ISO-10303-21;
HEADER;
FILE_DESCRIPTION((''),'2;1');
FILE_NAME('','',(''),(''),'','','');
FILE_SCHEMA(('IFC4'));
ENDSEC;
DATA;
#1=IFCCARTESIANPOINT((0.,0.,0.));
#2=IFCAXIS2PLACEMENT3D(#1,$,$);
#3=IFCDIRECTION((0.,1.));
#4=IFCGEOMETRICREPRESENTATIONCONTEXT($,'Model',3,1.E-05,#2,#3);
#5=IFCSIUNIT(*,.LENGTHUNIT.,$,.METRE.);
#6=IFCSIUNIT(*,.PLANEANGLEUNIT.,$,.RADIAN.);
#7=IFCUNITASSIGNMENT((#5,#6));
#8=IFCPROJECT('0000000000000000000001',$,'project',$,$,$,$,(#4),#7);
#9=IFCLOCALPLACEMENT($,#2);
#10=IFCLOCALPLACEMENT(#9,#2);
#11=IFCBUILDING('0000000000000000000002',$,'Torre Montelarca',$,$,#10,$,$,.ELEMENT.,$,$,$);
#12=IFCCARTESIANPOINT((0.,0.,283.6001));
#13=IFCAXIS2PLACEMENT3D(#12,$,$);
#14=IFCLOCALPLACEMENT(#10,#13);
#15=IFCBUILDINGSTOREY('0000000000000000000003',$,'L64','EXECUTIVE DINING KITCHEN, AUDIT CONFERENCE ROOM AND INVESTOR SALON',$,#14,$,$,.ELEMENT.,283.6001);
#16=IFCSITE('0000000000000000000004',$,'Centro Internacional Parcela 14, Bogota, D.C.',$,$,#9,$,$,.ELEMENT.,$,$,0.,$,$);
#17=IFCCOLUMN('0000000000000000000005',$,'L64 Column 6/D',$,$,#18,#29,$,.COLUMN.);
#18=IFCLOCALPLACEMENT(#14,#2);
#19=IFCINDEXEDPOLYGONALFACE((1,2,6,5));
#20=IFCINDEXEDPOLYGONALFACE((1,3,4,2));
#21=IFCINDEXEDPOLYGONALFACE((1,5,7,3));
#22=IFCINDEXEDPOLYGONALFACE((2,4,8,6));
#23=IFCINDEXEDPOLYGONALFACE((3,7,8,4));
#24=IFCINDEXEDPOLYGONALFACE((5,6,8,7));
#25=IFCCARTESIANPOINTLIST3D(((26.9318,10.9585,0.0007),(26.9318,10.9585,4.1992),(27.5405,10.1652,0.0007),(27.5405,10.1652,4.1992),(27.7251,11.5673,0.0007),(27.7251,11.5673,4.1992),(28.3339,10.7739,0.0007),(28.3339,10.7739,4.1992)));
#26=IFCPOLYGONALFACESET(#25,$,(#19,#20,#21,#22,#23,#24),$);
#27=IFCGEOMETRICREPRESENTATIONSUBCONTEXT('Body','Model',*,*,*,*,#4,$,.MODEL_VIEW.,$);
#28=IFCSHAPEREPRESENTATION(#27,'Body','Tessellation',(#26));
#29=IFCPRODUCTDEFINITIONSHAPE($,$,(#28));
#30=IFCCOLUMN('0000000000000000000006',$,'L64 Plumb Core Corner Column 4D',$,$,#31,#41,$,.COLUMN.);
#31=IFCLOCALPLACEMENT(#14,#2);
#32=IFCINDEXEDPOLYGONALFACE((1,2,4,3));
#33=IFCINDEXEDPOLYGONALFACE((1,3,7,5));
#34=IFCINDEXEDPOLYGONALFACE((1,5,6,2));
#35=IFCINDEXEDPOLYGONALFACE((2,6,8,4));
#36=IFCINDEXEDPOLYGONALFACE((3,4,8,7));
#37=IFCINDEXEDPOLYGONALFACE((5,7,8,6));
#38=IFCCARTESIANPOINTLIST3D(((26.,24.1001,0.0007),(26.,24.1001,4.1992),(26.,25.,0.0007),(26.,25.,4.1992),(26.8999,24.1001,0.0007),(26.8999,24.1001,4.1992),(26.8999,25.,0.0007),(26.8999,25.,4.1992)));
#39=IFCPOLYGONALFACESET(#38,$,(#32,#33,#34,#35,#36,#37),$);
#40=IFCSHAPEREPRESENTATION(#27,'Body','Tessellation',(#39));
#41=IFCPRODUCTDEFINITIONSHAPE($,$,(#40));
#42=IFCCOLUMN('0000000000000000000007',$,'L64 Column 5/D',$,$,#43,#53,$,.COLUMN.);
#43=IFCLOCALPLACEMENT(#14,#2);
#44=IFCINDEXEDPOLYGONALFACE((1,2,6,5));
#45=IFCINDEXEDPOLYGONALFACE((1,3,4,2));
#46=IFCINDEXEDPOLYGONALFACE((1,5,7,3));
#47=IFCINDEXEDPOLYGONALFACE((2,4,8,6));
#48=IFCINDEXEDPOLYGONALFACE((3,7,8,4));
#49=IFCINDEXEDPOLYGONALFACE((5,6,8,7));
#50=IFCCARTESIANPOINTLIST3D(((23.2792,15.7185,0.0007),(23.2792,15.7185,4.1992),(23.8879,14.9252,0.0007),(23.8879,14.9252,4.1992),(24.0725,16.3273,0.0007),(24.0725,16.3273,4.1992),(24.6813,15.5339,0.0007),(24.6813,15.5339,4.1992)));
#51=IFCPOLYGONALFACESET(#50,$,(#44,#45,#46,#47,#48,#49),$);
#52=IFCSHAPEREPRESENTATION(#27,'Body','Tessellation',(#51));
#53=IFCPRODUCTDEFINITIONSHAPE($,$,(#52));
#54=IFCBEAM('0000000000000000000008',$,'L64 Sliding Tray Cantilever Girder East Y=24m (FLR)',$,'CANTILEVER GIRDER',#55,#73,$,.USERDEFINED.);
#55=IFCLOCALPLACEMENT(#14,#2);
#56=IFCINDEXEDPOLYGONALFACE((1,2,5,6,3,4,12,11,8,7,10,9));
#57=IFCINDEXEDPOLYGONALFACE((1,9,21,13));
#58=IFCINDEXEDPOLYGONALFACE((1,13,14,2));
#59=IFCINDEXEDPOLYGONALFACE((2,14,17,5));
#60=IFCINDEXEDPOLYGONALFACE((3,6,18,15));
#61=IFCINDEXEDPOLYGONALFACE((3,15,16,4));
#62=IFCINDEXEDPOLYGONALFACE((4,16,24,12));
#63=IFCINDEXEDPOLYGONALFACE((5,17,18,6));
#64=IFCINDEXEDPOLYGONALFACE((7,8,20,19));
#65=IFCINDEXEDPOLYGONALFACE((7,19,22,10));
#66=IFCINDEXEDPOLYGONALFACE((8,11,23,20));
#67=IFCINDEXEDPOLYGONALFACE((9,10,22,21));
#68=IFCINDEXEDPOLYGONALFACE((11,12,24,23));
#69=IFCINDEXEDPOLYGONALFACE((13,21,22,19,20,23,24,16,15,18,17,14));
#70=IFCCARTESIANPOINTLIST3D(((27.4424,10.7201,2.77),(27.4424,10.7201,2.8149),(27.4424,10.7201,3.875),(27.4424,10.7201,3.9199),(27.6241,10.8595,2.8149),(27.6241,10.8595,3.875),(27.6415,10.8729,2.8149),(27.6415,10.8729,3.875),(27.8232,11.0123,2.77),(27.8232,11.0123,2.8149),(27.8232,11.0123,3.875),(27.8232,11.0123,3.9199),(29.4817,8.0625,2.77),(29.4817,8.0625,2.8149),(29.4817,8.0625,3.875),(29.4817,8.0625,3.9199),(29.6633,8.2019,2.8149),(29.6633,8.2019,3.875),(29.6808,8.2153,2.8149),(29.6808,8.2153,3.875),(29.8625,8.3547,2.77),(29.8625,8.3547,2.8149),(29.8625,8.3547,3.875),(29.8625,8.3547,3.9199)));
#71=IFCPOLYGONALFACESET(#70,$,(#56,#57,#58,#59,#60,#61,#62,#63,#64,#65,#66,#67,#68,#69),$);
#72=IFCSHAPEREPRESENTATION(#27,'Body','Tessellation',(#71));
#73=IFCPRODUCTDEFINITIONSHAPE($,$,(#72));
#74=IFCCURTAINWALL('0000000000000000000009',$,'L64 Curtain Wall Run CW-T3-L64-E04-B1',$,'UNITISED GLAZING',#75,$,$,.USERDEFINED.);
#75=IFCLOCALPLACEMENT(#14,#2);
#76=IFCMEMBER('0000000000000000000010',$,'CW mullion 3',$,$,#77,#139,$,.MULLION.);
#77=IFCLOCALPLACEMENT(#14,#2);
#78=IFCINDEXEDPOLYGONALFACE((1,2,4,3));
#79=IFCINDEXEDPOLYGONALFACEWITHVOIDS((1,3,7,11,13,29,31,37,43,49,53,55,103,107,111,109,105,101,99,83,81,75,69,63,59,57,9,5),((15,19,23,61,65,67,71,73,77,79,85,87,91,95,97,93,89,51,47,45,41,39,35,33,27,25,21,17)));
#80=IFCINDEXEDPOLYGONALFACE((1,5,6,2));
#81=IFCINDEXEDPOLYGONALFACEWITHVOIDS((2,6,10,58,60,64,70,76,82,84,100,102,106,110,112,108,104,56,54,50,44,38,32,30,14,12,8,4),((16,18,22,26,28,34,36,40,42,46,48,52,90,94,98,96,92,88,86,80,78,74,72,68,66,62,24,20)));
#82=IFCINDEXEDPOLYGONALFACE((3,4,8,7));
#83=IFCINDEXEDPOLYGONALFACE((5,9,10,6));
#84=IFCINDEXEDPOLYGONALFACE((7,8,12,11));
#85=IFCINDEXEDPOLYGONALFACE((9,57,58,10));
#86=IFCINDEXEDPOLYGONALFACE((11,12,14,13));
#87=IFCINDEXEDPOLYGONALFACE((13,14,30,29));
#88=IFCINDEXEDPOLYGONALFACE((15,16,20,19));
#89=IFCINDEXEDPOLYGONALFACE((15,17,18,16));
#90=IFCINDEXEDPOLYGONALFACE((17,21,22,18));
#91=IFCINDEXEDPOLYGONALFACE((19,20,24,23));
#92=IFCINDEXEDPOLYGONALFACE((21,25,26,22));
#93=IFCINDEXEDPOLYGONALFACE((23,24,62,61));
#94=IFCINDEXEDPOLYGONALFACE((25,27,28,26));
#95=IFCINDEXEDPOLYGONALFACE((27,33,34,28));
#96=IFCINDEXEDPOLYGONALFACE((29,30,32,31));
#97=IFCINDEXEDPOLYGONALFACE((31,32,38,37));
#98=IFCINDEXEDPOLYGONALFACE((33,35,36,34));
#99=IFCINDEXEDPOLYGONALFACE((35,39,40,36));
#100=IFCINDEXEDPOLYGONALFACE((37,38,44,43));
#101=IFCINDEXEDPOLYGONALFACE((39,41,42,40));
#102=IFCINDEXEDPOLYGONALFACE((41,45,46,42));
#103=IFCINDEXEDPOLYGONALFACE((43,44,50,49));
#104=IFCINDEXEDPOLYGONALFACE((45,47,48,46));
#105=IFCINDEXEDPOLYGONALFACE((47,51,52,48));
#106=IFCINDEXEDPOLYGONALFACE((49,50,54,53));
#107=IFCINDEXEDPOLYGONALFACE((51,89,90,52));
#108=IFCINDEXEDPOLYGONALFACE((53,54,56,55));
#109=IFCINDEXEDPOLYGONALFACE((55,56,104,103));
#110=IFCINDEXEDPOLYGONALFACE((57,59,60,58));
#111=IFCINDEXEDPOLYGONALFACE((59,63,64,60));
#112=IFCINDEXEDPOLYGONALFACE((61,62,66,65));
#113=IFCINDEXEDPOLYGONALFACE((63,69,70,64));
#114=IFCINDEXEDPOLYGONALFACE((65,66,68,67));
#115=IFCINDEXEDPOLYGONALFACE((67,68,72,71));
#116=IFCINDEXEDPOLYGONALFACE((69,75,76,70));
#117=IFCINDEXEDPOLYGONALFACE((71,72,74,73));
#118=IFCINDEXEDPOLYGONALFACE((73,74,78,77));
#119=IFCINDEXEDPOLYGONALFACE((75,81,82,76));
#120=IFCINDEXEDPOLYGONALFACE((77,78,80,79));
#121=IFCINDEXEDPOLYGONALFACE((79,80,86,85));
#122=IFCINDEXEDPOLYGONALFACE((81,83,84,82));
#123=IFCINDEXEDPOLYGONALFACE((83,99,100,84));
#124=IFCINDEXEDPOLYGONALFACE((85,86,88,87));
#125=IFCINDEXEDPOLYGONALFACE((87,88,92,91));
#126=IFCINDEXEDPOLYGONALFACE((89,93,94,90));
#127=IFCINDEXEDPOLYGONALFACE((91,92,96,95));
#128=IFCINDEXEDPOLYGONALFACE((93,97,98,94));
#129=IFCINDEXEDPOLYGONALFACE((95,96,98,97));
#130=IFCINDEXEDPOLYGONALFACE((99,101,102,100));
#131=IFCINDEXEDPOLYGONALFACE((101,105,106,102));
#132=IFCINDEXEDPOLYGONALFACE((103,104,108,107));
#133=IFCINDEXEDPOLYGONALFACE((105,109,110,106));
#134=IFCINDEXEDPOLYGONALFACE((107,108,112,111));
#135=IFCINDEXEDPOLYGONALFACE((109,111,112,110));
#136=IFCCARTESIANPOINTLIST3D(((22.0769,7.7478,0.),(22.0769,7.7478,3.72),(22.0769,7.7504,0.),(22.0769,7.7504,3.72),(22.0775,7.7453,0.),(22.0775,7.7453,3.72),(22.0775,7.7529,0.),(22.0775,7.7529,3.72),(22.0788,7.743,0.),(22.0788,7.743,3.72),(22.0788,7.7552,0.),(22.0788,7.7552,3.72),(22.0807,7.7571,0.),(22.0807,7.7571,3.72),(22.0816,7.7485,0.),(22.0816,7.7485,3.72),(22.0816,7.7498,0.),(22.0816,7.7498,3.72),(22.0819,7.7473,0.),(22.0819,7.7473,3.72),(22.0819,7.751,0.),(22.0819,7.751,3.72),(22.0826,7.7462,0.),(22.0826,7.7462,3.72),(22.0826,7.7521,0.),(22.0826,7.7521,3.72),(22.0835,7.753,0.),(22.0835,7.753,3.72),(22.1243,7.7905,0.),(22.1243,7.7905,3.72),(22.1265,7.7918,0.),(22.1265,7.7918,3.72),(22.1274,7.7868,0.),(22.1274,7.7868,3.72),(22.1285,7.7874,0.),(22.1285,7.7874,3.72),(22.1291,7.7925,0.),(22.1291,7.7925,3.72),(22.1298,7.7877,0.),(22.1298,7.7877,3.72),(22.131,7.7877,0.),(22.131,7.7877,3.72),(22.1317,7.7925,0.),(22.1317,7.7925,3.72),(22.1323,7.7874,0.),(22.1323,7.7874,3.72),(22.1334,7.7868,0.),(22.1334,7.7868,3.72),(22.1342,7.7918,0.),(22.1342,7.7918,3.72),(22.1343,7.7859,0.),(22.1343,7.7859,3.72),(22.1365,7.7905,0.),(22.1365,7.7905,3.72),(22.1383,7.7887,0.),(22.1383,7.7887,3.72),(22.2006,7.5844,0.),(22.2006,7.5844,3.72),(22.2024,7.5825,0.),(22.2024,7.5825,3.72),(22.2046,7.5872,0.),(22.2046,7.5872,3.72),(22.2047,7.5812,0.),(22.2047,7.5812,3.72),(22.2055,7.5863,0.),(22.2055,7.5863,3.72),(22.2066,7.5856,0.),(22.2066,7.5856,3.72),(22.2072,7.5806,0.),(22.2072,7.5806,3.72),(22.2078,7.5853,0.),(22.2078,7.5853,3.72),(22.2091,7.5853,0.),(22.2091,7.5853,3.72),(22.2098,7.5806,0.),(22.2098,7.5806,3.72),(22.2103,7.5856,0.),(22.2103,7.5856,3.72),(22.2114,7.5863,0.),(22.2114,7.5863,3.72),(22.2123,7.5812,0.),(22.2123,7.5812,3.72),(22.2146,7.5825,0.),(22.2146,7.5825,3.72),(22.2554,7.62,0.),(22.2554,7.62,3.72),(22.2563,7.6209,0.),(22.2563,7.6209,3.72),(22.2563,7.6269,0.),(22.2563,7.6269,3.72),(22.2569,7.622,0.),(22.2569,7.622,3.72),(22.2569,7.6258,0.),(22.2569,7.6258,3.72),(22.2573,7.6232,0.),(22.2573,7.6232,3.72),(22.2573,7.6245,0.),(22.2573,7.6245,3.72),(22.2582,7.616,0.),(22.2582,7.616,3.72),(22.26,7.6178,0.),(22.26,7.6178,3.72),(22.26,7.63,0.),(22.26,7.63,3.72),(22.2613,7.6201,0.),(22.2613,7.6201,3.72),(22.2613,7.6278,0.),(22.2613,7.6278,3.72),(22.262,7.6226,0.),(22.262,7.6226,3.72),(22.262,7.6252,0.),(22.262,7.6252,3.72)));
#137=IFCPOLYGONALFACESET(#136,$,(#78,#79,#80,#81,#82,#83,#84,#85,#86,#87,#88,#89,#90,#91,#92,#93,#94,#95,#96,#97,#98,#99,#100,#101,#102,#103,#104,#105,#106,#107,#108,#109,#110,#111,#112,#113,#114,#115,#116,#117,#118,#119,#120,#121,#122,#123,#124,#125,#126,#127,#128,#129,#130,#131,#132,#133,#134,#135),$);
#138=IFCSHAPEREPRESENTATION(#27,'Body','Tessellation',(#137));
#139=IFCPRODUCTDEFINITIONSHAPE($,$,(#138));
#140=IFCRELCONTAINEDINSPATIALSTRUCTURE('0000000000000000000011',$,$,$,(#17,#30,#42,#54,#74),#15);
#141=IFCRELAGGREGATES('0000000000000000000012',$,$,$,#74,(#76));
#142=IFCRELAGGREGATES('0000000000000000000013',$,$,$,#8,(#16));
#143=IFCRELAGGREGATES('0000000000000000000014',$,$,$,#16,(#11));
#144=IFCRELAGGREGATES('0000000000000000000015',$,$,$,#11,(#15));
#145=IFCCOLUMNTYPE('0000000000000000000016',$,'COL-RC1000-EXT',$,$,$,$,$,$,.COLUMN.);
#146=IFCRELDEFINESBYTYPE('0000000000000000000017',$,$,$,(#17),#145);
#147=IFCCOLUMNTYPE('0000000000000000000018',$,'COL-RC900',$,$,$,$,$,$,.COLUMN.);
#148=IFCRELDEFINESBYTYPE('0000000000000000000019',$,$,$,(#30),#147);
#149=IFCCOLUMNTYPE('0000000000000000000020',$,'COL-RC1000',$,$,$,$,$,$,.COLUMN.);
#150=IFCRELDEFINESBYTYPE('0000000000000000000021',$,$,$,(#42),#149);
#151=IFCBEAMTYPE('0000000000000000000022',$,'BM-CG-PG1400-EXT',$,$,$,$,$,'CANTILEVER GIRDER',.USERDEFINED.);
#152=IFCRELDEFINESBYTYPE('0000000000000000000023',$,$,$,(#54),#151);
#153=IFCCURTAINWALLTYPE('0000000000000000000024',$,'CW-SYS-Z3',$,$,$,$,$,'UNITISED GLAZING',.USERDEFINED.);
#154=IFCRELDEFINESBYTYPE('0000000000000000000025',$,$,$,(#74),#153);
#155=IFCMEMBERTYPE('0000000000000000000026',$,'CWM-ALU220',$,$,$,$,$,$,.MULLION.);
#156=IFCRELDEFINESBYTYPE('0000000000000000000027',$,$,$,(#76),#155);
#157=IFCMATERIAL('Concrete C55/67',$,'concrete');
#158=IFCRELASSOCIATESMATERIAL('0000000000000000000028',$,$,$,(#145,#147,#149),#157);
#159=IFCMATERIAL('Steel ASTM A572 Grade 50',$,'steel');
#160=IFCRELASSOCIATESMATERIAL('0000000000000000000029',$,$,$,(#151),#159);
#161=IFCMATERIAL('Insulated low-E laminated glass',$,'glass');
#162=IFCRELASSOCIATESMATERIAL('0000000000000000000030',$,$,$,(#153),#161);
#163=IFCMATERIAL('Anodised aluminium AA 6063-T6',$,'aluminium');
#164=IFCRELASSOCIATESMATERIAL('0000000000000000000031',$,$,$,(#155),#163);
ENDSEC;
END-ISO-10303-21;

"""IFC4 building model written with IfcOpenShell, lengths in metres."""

from ifc_helpers import new_model, si_unit, direction, frame, origin, origin_2d, place, context, subcontext, project, spatial, rectangle, hollow_rectangle, i_section, extrude, source, transform, mapped, material, material_profile, profile_set, type_object, element, aggregate, save


model = new_model("IFC4")

# Units and contexts
model_context = context("Model", 3, precision=1e-05, world=origin(), true_north=direction((0.0, 1.0)))
body_context = subcontext(model_context, "Body", "Model", "MODEL_VIEW")
ifc_project = project(units=[si_unit("LENGTHUNIT", "METRE"), si_unit("PLANEANGLEUNIT", "RADIAN")], contexts=[model_context])

# Site, building, storey
site_placement = place(None, origin())
site = spatial("IfcSite", under=ifc_project, at=site_placement, Name="Centro Internacional Parcela 14, Bogota, D.C.", CompositionType="ELEMENT", RefElevation=0.0)
building_placement = place(site_placement, origin())
building = spatial("IfcBuilding", under=site, at=building_placement, Name="Torre Montelarca", CompositionType="ELEMENT")
storey_placement = place(building_placement, frame((0.0, 0.0, 283.6001)))
storey = spatial("IfcBuildingStorey", under=building, at=storey_placement, Name="L64", Description="EXECUTIVE DINING KITCHEN, AUDIT CONFERENCE ROOM AND INVESTOR SALON", CompositionType="ELEMENT", Elevation=283.6001)

# Columns
ifc_material_1 = material(Name="Concrete C55/67", Category="concrete")
ifc_material_profile_1 = material_profile(ifc_material_1, rectangle(XDim=1.0, YDim=1.0, at=origin_2d()), Name="RC1000X1000", Category="concrete")
ifc_profile_set_1 = profile_set([ifc_material_profile_1], Name="Concrete C55/67")
column_type_1 = type_object("IfcColumnType", Name="COL-RC1000-EXT", PredefinedType="COLUMN", material=ifc_profile_set_1)
shared_shape_1 = source(origin(), body_context, "Body", "SweptSolid", [
    extrude(rectangle(XDim=1.0, YDim=1.0, at=origin_2d()), origin(), (0.0, 0.0, 1.0), 4.1985),
])
column_1_placement = place(storey_placement, frame((27.6328, 10.8662, 0.0007), z_axis=(0.0, 0.0, 1.0), x_axis=(-0.608761, 0.793353, 0.0)))
element("IfcColumn", 1, at=column_1_placement, inside=storey, type_object=column_type_1, Name="L64 Column 6/D", PredefinedType="COLUMN", context=body_context, shape_type="MappedRepresentation", body=[
    mapped(shared_shape_1, transform((0.0, 0.0, 0.0), scale=1.0)),
])
ifc_material_profile_2 = material_profile(ifc_material_1, rectangle(XDim=0.8999, YDim=0.8999, at=origin_2d()), Name="RC900X900", Category="concrete")
ifc_profile_set_2 = profile_set([ifc_material_profile_2], Name="Concrete C55/67")
column_type_2 = type_object("IfcColumnType", Name="COL-RC900", PredefinedType="COLUMN", material=ifc_profile_set_2)
shared_shape_2 = source(origin(), body_context, "Body", "SweptSolid", [
    extrude(rectangle(XDim=0.8999, YDim=0.8999, at=origin_2d()), origin(), (0.0, 0.0, 1.0), 4.1985),
])
column_2_placement = place(storey_placement, frame((26.45, 24.55, 0.0007), z_axis=(0.0, 0.0, 1.0), x_axis=(1.0, 0.0, 0.0)))
element("IfcColumn", 2, at=column_2_placement, inside=storey, type_object=column_type_2, Name="L64 Plumb Core Corner Column 4D", PredefinedType="COLUMN", context=body_context, shape_type="MappedRepresentation", body=[
    mapped(shared_shape_2, transform((0.0, 0.0, 0.0), scale=1.0)),
])
ifc_material_profile_3 = material_profile(ifc_material_1, rectangle(XDim=1.0, YDim=1.0, at=origin_2d()), Name="RC1000X1000", Category="concrete")
ifc_profile_set_3 = profile_set([ifc_material_profile_3], Name="Concrete C55/67")
column_type_3 = type_object("IfcColumnType", Name="COL-RC1000", PredefinedType="COLUMN", material=ifc_profile_set_3)
shared_shape_3 = source(origin(), body_context, "Body", "SweptSolid", [
    extrude(rectangle(XDim=1.0, YDim=1.0, at=origin_2d()), origin(), (0.0, 0.0, 1.0), 4.1985),
])
column_3_placement = place(storey_placement, frame((23.9802, 15.6262, 0.0007), z_axis=(0.0, 0.0, 1.0), x_axis=(-0.608761, 0.793353, 0.0)))
element("IfcColumn", 3, at=column_3_placement, inside=storey, type_object=column_type_3, Name="L64 Column 5/D", PredefinedType="COLUMN", context=body_context, shape_type="MappedRepresentation", body=[
    mapped(shared_shape_3, transform((0.0, 0.0, 0.0), scale=1.0)),
])

# Beam
ifc_material_2 = material(Name="Steel ASTM A572 Grade 50", Category="steel")
ifc_material_profile_4 = material_profile(ifc_material_2, i_section(OverallWidth=0.48, OverallDepth=1.1499, WebThickness=0.022, FlangeThickness=0.0449, at=origin_2d()), Name="PG1150X480X22X45", Category="steel")
ifc_profile_set_4 = profile_set([ifc_material_profile_4], Name="Steel ASTM A572 Grade 50")
beam_type = type_object("IfcBeamType", Name="BM-CG-PG1400-EXT", ElementType="CANTILEVER GIRDER", PredefinedType="USERDEFINED", material=ifc_profile_set_4)
shared_shape_4 = source(origin(), body_context, "Body", "SweptSolid", [
    extrude(i_section(OverallWidth=0.48, OverallDepth=1.1499, WebThickness=0.022, FlangeThickness=0.0449, at=origin_2d()), origin(), (0.0, 0.0, 1.0), 3.3499),
])
beam_placement = place(storey_placement, frame((27.6328, 10.8662, 3.345), z_axis=(0.608756, -0.793358, 0.0), x_axis=(0.793358, 0.608756, 0.0)))
element("IfcBeam", 4, at=beam_placement, inside=storey, type_object=beam_type, Name="L64 Sliding Tray Cantilever Girder East Y=24m (FLR)", ObjectType="CANTILEVER GIRDER", PredefinedType="USERDEFINED", context=body_context, shape_type="MappedRepresentation", body=[
    mapped(shared_shape_4, transform((0.0, 0.0, 0.0), scale=1.0)),
])

# Curtain wall, member
ifc_material_3 = material(Name="Insulated low-E laminated glass", Category="glass")
curtain_wall_type = type_object("IfcCurtainWallType", Name="CW-SYS-Z3", ElementType="UNITISED GLAZING", PredefinedType="USERDEFINED", material=ifc_material_3)
curtain_wall_1_placement = place(storey_placement, origin())
curtain_wall_1 = element("IfcCurtainWall", 5, at=curtain_wall_1_placement, inside=storey, type_object=curtain_wall_type, Name="L64 Curtain Wall Run CW-T3-L64-E04-B1", ObjectType="UNITISED GLAZING", PredefinedType="USERDEFINED")
ifc_material_4 = material(Name="Anodised aluminium AA 6063-T6", Category="aluminium")
ifc_material_profile_5 = material_profile(ifc_material_4, hollow_rectangle(XDim=0.075, YDim=0.22, WallThickness=0.0049, InnerFilletRadius=0.0049, OuterFilletRadius=0.01, at=origin_2d()), Name="ALU75X220X5", Category="aluminium")
ifc_profile_set_5 = profile_set([ifc_material_profile_5], Name="Anodised aluminium AA 6063-T6")
member_type_1 = type_object("IfcMemberType", Name="CWM-ALU220", PredefinedType="MULLION", material=ifc_profile_set_5)
shared_shape_5 = source(origin(), body_context, "Body", "SweptSolid", [
    extrude(hollow_rectangle(XDim=0.075, YDim=0.22, WallThickness=0.0049, InnerFilletRadius=0.0049, OuterFilletRadius=0.01, at=origin_2d()), origin(), (0.0, 0.0, 1.0), 3.72),
])
member_1_placement = place(storey_placement, frame((22.1694, 7.6865, 0.0), z_axis=(0.0, 0.0, 1.0), x_axis=(0.793353, 0.608762, 0.0)))
member_1 = element("IfcMember", 6, at=member_1_placement, type_object=member_type_1, Name="CW mullion 3", PredefinedType="MULLION", context=body_context, shape_type="MappedRepresentation", body=[
    mapped(shared_shape_5, transform((0.0, 0.0, 0.0), scale=1.0)),
])
aggregate(curtain_wall_1, [member_1])

save(model, "model.ifc")
